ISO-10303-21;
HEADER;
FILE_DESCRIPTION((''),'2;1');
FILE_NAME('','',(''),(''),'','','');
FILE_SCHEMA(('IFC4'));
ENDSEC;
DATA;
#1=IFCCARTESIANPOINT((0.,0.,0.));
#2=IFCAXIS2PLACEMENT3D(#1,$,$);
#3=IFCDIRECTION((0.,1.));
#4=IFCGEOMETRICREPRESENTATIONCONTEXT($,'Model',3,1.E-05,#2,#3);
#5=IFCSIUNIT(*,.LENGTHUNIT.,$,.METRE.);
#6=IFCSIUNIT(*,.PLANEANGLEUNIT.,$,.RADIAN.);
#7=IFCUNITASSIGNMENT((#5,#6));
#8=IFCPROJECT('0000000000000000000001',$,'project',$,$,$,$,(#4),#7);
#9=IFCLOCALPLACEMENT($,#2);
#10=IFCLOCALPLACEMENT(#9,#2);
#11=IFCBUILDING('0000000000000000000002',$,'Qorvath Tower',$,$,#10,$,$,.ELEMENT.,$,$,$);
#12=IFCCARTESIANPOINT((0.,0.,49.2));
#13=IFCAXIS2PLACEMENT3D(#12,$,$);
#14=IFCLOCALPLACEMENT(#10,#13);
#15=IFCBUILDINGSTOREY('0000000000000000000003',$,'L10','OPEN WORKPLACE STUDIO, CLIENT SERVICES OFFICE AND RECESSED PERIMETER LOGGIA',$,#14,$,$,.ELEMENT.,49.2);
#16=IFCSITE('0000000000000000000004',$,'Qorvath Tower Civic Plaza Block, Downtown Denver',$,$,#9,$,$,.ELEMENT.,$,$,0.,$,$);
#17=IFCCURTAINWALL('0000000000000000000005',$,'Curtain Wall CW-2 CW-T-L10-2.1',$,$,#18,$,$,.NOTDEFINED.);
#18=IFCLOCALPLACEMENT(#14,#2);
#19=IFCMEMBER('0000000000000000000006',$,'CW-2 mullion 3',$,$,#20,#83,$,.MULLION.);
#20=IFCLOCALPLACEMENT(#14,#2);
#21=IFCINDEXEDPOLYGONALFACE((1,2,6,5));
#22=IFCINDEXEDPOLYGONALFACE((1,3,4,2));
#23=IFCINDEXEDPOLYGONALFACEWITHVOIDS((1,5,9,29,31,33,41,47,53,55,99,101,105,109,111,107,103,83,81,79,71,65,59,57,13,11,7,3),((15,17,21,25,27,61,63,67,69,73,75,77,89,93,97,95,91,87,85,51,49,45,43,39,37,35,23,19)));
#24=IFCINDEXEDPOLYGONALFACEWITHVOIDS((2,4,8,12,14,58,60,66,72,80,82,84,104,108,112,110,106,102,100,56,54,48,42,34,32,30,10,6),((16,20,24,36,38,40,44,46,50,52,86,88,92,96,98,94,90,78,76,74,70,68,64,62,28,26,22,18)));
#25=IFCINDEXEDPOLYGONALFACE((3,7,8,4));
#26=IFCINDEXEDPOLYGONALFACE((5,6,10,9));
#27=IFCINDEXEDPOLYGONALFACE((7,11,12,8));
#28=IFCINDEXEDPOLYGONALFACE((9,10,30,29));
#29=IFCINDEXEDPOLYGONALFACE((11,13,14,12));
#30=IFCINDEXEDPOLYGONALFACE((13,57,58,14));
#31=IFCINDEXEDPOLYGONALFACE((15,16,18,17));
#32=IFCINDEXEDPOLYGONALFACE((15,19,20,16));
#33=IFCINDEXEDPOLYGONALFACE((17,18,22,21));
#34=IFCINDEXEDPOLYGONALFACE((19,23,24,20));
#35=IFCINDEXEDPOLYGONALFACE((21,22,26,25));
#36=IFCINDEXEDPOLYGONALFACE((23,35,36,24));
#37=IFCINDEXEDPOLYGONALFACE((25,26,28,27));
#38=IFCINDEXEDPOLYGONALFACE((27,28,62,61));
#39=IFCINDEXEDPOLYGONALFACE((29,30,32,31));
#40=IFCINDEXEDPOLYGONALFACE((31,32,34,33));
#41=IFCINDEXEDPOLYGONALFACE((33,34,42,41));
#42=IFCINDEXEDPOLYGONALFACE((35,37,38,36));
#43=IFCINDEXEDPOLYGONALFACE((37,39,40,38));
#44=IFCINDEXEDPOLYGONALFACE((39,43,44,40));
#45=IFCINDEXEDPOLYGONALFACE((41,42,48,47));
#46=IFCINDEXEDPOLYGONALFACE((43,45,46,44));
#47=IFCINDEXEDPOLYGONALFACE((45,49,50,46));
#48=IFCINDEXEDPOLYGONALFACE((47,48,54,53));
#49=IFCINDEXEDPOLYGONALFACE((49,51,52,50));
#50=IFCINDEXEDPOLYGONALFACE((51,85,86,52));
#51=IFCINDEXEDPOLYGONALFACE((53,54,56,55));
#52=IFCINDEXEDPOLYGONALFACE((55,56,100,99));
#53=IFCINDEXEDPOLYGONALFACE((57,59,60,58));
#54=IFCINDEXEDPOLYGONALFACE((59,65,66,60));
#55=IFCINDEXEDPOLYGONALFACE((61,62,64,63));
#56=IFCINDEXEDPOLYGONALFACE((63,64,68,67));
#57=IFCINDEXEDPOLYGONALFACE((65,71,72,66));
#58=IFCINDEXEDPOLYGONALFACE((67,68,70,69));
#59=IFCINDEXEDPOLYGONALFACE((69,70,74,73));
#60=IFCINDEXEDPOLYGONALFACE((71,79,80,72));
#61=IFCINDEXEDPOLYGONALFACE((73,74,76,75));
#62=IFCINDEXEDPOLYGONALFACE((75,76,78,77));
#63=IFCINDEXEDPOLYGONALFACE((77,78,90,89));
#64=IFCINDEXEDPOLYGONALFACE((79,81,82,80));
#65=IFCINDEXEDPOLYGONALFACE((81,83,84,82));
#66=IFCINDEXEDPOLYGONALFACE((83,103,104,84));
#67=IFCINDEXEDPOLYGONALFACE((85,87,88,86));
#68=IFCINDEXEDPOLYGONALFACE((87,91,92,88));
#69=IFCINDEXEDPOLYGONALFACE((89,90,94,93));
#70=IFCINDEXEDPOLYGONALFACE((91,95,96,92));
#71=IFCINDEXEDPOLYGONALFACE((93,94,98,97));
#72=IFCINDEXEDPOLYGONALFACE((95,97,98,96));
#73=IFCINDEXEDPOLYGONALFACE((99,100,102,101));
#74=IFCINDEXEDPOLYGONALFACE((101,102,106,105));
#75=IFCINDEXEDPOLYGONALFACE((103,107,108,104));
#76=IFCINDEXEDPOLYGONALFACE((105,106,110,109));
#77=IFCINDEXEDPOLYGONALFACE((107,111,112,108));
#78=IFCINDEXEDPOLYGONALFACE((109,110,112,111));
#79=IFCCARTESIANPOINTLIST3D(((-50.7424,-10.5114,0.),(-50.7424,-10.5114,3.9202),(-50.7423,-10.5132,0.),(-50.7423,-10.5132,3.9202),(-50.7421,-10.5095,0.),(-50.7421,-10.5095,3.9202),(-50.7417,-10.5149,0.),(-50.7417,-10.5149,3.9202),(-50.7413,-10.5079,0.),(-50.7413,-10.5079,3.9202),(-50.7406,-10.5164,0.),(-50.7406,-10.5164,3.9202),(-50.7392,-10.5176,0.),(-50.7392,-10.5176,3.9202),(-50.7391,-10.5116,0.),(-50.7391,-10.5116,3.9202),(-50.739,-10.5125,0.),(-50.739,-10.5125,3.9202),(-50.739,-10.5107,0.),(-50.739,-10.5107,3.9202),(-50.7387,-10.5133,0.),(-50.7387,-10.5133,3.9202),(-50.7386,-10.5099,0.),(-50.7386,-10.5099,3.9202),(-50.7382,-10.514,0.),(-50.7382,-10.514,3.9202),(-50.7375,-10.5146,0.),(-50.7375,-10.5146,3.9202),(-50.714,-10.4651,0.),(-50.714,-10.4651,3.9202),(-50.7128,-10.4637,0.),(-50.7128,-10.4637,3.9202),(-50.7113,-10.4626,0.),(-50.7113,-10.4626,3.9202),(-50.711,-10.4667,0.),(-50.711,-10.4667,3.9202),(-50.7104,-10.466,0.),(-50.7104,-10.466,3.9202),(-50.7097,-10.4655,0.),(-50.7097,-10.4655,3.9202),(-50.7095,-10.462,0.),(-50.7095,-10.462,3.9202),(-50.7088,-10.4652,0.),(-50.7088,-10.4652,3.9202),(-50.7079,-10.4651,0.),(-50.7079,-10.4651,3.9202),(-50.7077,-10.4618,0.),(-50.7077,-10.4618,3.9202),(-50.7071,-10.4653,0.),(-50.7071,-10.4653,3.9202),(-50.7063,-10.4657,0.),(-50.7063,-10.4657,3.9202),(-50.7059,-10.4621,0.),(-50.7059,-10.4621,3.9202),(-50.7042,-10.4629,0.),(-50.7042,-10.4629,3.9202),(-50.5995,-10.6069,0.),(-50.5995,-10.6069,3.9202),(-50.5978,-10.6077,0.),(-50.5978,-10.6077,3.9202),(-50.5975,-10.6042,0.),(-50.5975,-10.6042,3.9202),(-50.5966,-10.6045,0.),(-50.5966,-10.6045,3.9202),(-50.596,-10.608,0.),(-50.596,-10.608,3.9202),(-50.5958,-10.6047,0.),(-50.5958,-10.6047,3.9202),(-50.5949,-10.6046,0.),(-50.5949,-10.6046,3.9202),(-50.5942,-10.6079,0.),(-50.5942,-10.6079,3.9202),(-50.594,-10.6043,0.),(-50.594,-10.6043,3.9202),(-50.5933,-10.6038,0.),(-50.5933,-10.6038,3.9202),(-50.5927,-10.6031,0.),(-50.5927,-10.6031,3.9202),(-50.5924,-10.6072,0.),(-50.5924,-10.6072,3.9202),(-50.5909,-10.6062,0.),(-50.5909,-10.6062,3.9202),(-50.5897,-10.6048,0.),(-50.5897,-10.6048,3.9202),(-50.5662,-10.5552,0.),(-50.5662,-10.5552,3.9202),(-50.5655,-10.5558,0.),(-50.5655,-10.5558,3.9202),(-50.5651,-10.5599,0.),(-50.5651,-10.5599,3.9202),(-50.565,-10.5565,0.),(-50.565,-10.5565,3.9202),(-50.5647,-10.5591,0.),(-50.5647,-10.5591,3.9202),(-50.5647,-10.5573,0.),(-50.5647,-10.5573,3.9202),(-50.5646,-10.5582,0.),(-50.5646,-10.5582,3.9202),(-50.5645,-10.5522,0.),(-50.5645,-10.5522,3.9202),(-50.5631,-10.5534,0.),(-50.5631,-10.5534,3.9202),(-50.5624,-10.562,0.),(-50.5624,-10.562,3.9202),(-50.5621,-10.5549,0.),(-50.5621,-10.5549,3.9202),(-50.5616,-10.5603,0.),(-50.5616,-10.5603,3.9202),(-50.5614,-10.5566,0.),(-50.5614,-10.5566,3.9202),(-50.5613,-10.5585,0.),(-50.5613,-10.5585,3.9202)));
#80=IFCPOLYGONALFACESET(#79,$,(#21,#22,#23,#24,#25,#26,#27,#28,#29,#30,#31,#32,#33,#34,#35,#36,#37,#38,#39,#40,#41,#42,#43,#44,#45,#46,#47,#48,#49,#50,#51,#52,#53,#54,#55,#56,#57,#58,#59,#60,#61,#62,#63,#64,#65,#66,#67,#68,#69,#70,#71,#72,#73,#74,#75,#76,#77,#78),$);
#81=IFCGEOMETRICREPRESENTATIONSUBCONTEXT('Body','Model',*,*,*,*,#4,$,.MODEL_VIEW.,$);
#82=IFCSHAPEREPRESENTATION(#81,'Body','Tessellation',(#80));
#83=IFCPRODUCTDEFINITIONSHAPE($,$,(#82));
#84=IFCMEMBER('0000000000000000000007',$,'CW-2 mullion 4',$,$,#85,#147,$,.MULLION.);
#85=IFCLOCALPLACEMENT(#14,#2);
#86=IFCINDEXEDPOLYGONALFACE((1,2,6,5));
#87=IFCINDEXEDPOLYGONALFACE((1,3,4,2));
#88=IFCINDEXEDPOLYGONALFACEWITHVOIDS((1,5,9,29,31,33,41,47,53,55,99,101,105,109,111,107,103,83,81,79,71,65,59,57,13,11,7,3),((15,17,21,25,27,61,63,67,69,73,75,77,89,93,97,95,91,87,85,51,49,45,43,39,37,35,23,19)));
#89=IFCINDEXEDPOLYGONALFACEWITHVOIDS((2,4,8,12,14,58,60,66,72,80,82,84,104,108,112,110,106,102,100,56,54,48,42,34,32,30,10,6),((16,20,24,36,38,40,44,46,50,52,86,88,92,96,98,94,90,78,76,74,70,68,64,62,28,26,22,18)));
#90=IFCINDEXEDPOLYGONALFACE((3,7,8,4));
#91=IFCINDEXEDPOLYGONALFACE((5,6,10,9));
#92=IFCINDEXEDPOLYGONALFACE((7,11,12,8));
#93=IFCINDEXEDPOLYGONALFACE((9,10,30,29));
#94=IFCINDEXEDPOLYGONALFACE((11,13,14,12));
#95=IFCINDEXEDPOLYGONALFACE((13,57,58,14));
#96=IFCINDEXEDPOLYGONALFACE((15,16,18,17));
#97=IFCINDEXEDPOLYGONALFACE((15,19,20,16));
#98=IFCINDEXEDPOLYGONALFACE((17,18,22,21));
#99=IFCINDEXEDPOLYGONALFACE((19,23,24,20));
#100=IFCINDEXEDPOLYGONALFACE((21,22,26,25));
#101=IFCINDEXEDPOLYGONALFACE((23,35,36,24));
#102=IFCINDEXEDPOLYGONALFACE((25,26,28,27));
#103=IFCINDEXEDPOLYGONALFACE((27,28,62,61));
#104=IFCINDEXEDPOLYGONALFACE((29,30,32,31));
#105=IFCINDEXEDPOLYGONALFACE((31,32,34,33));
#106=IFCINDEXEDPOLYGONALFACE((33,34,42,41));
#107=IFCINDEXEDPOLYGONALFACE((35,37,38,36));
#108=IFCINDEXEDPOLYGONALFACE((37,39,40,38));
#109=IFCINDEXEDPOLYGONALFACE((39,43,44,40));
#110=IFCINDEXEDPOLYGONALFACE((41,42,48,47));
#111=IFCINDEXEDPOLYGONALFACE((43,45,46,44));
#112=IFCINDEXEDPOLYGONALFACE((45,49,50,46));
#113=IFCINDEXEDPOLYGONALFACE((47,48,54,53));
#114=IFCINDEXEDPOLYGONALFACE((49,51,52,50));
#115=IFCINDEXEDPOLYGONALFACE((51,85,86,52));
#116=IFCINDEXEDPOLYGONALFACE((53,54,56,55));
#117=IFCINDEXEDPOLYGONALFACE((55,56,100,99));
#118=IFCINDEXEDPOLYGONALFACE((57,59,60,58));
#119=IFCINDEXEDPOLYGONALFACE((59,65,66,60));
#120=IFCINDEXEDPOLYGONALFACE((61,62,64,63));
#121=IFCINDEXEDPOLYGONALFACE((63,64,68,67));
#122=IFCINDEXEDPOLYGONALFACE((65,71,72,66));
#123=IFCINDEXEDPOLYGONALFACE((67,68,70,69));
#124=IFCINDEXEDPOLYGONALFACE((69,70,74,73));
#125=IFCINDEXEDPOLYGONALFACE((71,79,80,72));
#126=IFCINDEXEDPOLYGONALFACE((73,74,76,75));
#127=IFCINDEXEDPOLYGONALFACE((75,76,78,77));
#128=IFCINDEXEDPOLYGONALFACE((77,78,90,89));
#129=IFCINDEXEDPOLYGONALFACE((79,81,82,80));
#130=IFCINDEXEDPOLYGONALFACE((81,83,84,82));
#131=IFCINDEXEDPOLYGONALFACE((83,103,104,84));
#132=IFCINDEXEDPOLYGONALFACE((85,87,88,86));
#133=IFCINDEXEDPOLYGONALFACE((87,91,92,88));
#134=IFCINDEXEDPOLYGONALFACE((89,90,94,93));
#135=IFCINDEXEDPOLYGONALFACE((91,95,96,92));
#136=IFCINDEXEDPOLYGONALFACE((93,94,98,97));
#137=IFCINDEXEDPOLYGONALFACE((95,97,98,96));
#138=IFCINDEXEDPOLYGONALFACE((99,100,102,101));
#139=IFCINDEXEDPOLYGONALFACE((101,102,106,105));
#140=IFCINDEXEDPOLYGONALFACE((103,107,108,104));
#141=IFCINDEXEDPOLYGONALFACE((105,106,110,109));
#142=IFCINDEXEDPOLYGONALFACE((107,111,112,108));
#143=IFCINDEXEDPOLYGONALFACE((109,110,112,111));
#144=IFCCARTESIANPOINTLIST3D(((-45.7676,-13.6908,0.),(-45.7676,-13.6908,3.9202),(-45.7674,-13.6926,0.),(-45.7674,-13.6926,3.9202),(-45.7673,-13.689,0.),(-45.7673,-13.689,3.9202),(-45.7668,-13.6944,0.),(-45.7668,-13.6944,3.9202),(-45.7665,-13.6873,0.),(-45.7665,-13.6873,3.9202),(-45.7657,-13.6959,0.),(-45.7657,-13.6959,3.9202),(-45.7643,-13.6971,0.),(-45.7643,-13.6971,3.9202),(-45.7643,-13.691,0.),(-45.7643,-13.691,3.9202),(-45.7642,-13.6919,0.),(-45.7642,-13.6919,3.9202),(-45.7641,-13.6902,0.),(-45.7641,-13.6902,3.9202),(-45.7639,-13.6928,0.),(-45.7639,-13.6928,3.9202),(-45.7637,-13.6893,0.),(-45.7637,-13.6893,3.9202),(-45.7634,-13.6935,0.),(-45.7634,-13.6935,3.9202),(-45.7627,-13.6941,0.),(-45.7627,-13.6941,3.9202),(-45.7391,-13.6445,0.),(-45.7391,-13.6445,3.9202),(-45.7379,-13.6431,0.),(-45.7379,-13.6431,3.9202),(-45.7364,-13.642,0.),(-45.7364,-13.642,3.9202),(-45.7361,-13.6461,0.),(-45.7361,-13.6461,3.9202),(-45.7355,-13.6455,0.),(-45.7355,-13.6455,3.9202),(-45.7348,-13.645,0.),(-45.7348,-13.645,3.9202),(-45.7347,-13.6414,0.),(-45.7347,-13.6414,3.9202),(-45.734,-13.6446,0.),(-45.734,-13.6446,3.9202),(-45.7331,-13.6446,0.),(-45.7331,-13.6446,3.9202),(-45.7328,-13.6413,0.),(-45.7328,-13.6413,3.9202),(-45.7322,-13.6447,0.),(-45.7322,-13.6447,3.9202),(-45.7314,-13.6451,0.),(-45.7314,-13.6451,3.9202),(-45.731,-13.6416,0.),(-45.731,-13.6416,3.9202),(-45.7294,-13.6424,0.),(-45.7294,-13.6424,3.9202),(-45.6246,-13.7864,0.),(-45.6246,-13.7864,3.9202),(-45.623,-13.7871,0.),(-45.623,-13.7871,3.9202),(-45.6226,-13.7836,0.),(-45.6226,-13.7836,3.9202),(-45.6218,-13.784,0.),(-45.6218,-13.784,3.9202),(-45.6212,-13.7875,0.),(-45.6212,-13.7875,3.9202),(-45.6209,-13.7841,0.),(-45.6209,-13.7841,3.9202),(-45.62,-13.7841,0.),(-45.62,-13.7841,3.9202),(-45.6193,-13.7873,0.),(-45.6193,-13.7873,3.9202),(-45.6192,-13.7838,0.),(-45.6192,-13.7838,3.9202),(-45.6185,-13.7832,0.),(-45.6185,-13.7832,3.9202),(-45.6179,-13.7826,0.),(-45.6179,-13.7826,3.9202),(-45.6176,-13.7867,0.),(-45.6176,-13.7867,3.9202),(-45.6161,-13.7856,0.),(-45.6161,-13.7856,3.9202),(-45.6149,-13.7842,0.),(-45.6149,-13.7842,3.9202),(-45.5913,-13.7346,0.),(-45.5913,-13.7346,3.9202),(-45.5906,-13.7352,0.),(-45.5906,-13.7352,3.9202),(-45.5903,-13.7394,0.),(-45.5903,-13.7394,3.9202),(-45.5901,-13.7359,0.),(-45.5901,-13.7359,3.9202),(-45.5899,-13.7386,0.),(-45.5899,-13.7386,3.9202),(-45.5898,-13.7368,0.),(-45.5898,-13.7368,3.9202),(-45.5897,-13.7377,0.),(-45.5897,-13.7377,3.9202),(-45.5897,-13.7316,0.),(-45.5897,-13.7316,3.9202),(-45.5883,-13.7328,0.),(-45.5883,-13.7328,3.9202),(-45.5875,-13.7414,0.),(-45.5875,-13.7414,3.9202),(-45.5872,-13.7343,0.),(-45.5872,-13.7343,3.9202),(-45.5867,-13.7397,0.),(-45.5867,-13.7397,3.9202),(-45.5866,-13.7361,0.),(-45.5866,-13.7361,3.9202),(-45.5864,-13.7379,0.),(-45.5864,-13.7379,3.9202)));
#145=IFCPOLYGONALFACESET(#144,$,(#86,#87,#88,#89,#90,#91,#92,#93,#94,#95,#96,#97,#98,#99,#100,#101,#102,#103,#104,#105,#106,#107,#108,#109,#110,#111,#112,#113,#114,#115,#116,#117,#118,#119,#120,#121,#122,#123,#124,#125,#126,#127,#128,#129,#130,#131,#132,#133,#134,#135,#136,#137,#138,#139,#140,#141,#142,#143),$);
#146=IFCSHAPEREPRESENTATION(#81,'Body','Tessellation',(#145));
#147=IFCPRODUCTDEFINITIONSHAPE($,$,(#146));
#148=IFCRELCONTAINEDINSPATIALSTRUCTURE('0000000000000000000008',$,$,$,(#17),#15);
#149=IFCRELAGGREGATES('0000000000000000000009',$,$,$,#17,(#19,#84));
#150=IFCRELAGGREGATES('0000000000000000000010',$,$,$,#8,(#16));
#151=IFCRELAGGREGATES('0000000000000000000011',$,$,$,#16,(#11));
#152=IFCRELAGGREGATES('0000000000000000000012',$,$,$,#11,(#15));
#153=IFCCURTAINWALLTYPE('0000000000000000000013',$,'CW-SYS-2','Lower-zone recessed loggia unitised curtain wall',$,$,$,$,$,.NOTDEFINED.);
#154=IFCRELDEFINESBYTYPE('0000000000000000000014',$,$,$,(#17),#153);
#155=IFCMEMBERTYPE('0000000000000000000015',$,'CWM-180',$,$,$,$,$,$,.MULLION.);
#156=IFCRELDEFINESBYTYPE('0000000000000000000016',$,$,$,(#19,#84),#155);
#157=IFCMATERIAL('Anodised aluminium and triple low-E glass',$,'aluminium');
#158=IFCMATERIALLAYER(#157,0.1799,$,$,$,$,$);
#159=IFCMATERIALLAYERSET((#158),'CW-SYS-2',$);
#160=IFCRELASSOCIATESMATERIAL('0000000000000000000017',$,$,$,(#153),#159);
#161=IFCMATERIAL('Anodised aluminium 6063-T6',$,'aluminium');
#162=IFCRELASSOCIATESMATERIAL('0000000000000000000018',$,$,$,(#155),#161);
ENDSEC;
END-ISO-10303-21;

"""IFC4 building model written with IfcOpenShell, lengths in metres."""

from ifc_helpers import new_model, si_unit, direction, frame, origin, origin_2d, place, context, subcontext, project, spatial, hollow_rectangle, extrude, material, layer, layer_set, material_profile, profile_set, type_object, element, aggregate, save


model = new_model("IFC4")

# Units and contexts
model_context = context("Model", 3, precision=1e-05, world=origin(), true_north=direction((0.0, 1.0)))
body_context = subcontext(model_context, "Body", "Model", "MODEL_VIEW")
ifc_project = project(units=[si_unit("LENGTHUNIT", "METRE"), si_unit("PLANEANGLEUNIT", "RADIAN")], contexts=[model_context])

# Site, building, storey
site_placement = place(None, origin())
site = spatial("IfcSite", under=ifc_project, at=site_placement, Name="Qorvath Tower Civic Plaza Block, Downtown Denver", CompositionType="ELEMENT", RefElevation=0.0)
building_placement = place(site_placement, origin())
building = spatial("IfcBuilding", under=site, at=building_placement, Name="Qorvath Tower", CompositionType="ELEMENT")
storey_placement = place(building_placement, frame((0.0, 0.0, 49.2)))
storey = spatial("IfcBuildingStorey", under=building, at=storey_placement, Name="L10", Description="OPEN WORKPLACE STUDIO, CLIENT SERVICES OFFICE AND RECESSED PERIMETER LOGGIA", CompositionType="ELEMENT", Elevation=49.2)

# Curtain wall, members
ifc_material_1 = material(Name="Anodised aluminium and triple low-E glass", Category="aluminium")
ifc_layer_1 = layer(ifc_material_1, 0.1799)
ifc_layer_set_1 = layer_set([ifc_layer_1], Name="CW-SYS-2")
curtain_wall_type = type_object("IfcCurtainWallType", Name="CW-SYS-2", Description="Lower-zone recessed loggia unitised curtain wall", PredefinedType="NOTDEFINED", material=ifc_layer_set_1)
curtain_wall_placement = place(storey_placement, origin())
curtain_wall = element("IfcCurtainWall", 1, at=curtain_wall_placement, inside=storey, type_object=curtain_wall_type, Name="Curtain Wall CW-2 CW-T-L10-2.1", PredefinedType="NOTDEFINED")
ifc_material_2 = material(Name="Anodised aluminium 6063-T6", Category="aluminium")
ifc_material_profile_1 = material_profile(ifc_material_2, hollow_rectangle(XDim=0.0649, YDim=0.1799, WallThickness=0.0034, InnerFilletRadius=0.0034, OuterFilletRadius=0.0071, at=origin_2d()), Name="CWM 180x65")
ifc_profile_set_1 = profile_set([ifc_material_profile_1], Name="Anodised aluminium 6063-T6")
member_type_1 = type_object("IfcMemberType", Name="CWM-180", PredefinedType="MULLION", material=ifc_profile_set_1)
member_1_placement = place(storey_placement, frame((-50.6519, -10.5349, 0.0), z_axis=(0.0, 0.0, 1.0), x_axis=(0.538532, 0.842605, 0.0)))
member_1 = element("IfcMember", 2, at=member_1_placement, type_object=member_type_1, Name="CW-2 mullion 3", PredefinedType="MULLION", context=body_context, shape_type="SweptSolid", body=[
    extrude(hollow_rectangle(XDim=0.0649, YDim=0.1799, WallThickness=0.0034, InnerFilletRadius=0.0034, OuterFilletRadius=0.0071, at=origin_2d()), origin(), (0.0, 0.0, 1.0), 3.9202),
])
member_2_placement = place(storey_placement, frame((-45.677, -13.7144, 0.0), z_axis=(0.0, 0.0, 1.0), x_axis=(0.538532, 0.842605, 0.0)))
member_2 = element("IfcMember", 3, at=member_2_placement, type_object=member_type_1, Name="CW-2 mullion 4", PredefinedType="MULLION", context=body_context, shape_type="SweptSolid", body=[
    extrude(hollow_rectangle(XDim=0.0649, YDim=0.1799, WallThickness=0.0034, InnerFilletRadius=0.0034, OuterFilletRadius=0.0071, at=origin_2d()), origin(), (0.0, 0.0, 1.0), 3.9202),
])

aggregate(curtain_wall, [member_1, member_2])

save(model, "model.ifc")
